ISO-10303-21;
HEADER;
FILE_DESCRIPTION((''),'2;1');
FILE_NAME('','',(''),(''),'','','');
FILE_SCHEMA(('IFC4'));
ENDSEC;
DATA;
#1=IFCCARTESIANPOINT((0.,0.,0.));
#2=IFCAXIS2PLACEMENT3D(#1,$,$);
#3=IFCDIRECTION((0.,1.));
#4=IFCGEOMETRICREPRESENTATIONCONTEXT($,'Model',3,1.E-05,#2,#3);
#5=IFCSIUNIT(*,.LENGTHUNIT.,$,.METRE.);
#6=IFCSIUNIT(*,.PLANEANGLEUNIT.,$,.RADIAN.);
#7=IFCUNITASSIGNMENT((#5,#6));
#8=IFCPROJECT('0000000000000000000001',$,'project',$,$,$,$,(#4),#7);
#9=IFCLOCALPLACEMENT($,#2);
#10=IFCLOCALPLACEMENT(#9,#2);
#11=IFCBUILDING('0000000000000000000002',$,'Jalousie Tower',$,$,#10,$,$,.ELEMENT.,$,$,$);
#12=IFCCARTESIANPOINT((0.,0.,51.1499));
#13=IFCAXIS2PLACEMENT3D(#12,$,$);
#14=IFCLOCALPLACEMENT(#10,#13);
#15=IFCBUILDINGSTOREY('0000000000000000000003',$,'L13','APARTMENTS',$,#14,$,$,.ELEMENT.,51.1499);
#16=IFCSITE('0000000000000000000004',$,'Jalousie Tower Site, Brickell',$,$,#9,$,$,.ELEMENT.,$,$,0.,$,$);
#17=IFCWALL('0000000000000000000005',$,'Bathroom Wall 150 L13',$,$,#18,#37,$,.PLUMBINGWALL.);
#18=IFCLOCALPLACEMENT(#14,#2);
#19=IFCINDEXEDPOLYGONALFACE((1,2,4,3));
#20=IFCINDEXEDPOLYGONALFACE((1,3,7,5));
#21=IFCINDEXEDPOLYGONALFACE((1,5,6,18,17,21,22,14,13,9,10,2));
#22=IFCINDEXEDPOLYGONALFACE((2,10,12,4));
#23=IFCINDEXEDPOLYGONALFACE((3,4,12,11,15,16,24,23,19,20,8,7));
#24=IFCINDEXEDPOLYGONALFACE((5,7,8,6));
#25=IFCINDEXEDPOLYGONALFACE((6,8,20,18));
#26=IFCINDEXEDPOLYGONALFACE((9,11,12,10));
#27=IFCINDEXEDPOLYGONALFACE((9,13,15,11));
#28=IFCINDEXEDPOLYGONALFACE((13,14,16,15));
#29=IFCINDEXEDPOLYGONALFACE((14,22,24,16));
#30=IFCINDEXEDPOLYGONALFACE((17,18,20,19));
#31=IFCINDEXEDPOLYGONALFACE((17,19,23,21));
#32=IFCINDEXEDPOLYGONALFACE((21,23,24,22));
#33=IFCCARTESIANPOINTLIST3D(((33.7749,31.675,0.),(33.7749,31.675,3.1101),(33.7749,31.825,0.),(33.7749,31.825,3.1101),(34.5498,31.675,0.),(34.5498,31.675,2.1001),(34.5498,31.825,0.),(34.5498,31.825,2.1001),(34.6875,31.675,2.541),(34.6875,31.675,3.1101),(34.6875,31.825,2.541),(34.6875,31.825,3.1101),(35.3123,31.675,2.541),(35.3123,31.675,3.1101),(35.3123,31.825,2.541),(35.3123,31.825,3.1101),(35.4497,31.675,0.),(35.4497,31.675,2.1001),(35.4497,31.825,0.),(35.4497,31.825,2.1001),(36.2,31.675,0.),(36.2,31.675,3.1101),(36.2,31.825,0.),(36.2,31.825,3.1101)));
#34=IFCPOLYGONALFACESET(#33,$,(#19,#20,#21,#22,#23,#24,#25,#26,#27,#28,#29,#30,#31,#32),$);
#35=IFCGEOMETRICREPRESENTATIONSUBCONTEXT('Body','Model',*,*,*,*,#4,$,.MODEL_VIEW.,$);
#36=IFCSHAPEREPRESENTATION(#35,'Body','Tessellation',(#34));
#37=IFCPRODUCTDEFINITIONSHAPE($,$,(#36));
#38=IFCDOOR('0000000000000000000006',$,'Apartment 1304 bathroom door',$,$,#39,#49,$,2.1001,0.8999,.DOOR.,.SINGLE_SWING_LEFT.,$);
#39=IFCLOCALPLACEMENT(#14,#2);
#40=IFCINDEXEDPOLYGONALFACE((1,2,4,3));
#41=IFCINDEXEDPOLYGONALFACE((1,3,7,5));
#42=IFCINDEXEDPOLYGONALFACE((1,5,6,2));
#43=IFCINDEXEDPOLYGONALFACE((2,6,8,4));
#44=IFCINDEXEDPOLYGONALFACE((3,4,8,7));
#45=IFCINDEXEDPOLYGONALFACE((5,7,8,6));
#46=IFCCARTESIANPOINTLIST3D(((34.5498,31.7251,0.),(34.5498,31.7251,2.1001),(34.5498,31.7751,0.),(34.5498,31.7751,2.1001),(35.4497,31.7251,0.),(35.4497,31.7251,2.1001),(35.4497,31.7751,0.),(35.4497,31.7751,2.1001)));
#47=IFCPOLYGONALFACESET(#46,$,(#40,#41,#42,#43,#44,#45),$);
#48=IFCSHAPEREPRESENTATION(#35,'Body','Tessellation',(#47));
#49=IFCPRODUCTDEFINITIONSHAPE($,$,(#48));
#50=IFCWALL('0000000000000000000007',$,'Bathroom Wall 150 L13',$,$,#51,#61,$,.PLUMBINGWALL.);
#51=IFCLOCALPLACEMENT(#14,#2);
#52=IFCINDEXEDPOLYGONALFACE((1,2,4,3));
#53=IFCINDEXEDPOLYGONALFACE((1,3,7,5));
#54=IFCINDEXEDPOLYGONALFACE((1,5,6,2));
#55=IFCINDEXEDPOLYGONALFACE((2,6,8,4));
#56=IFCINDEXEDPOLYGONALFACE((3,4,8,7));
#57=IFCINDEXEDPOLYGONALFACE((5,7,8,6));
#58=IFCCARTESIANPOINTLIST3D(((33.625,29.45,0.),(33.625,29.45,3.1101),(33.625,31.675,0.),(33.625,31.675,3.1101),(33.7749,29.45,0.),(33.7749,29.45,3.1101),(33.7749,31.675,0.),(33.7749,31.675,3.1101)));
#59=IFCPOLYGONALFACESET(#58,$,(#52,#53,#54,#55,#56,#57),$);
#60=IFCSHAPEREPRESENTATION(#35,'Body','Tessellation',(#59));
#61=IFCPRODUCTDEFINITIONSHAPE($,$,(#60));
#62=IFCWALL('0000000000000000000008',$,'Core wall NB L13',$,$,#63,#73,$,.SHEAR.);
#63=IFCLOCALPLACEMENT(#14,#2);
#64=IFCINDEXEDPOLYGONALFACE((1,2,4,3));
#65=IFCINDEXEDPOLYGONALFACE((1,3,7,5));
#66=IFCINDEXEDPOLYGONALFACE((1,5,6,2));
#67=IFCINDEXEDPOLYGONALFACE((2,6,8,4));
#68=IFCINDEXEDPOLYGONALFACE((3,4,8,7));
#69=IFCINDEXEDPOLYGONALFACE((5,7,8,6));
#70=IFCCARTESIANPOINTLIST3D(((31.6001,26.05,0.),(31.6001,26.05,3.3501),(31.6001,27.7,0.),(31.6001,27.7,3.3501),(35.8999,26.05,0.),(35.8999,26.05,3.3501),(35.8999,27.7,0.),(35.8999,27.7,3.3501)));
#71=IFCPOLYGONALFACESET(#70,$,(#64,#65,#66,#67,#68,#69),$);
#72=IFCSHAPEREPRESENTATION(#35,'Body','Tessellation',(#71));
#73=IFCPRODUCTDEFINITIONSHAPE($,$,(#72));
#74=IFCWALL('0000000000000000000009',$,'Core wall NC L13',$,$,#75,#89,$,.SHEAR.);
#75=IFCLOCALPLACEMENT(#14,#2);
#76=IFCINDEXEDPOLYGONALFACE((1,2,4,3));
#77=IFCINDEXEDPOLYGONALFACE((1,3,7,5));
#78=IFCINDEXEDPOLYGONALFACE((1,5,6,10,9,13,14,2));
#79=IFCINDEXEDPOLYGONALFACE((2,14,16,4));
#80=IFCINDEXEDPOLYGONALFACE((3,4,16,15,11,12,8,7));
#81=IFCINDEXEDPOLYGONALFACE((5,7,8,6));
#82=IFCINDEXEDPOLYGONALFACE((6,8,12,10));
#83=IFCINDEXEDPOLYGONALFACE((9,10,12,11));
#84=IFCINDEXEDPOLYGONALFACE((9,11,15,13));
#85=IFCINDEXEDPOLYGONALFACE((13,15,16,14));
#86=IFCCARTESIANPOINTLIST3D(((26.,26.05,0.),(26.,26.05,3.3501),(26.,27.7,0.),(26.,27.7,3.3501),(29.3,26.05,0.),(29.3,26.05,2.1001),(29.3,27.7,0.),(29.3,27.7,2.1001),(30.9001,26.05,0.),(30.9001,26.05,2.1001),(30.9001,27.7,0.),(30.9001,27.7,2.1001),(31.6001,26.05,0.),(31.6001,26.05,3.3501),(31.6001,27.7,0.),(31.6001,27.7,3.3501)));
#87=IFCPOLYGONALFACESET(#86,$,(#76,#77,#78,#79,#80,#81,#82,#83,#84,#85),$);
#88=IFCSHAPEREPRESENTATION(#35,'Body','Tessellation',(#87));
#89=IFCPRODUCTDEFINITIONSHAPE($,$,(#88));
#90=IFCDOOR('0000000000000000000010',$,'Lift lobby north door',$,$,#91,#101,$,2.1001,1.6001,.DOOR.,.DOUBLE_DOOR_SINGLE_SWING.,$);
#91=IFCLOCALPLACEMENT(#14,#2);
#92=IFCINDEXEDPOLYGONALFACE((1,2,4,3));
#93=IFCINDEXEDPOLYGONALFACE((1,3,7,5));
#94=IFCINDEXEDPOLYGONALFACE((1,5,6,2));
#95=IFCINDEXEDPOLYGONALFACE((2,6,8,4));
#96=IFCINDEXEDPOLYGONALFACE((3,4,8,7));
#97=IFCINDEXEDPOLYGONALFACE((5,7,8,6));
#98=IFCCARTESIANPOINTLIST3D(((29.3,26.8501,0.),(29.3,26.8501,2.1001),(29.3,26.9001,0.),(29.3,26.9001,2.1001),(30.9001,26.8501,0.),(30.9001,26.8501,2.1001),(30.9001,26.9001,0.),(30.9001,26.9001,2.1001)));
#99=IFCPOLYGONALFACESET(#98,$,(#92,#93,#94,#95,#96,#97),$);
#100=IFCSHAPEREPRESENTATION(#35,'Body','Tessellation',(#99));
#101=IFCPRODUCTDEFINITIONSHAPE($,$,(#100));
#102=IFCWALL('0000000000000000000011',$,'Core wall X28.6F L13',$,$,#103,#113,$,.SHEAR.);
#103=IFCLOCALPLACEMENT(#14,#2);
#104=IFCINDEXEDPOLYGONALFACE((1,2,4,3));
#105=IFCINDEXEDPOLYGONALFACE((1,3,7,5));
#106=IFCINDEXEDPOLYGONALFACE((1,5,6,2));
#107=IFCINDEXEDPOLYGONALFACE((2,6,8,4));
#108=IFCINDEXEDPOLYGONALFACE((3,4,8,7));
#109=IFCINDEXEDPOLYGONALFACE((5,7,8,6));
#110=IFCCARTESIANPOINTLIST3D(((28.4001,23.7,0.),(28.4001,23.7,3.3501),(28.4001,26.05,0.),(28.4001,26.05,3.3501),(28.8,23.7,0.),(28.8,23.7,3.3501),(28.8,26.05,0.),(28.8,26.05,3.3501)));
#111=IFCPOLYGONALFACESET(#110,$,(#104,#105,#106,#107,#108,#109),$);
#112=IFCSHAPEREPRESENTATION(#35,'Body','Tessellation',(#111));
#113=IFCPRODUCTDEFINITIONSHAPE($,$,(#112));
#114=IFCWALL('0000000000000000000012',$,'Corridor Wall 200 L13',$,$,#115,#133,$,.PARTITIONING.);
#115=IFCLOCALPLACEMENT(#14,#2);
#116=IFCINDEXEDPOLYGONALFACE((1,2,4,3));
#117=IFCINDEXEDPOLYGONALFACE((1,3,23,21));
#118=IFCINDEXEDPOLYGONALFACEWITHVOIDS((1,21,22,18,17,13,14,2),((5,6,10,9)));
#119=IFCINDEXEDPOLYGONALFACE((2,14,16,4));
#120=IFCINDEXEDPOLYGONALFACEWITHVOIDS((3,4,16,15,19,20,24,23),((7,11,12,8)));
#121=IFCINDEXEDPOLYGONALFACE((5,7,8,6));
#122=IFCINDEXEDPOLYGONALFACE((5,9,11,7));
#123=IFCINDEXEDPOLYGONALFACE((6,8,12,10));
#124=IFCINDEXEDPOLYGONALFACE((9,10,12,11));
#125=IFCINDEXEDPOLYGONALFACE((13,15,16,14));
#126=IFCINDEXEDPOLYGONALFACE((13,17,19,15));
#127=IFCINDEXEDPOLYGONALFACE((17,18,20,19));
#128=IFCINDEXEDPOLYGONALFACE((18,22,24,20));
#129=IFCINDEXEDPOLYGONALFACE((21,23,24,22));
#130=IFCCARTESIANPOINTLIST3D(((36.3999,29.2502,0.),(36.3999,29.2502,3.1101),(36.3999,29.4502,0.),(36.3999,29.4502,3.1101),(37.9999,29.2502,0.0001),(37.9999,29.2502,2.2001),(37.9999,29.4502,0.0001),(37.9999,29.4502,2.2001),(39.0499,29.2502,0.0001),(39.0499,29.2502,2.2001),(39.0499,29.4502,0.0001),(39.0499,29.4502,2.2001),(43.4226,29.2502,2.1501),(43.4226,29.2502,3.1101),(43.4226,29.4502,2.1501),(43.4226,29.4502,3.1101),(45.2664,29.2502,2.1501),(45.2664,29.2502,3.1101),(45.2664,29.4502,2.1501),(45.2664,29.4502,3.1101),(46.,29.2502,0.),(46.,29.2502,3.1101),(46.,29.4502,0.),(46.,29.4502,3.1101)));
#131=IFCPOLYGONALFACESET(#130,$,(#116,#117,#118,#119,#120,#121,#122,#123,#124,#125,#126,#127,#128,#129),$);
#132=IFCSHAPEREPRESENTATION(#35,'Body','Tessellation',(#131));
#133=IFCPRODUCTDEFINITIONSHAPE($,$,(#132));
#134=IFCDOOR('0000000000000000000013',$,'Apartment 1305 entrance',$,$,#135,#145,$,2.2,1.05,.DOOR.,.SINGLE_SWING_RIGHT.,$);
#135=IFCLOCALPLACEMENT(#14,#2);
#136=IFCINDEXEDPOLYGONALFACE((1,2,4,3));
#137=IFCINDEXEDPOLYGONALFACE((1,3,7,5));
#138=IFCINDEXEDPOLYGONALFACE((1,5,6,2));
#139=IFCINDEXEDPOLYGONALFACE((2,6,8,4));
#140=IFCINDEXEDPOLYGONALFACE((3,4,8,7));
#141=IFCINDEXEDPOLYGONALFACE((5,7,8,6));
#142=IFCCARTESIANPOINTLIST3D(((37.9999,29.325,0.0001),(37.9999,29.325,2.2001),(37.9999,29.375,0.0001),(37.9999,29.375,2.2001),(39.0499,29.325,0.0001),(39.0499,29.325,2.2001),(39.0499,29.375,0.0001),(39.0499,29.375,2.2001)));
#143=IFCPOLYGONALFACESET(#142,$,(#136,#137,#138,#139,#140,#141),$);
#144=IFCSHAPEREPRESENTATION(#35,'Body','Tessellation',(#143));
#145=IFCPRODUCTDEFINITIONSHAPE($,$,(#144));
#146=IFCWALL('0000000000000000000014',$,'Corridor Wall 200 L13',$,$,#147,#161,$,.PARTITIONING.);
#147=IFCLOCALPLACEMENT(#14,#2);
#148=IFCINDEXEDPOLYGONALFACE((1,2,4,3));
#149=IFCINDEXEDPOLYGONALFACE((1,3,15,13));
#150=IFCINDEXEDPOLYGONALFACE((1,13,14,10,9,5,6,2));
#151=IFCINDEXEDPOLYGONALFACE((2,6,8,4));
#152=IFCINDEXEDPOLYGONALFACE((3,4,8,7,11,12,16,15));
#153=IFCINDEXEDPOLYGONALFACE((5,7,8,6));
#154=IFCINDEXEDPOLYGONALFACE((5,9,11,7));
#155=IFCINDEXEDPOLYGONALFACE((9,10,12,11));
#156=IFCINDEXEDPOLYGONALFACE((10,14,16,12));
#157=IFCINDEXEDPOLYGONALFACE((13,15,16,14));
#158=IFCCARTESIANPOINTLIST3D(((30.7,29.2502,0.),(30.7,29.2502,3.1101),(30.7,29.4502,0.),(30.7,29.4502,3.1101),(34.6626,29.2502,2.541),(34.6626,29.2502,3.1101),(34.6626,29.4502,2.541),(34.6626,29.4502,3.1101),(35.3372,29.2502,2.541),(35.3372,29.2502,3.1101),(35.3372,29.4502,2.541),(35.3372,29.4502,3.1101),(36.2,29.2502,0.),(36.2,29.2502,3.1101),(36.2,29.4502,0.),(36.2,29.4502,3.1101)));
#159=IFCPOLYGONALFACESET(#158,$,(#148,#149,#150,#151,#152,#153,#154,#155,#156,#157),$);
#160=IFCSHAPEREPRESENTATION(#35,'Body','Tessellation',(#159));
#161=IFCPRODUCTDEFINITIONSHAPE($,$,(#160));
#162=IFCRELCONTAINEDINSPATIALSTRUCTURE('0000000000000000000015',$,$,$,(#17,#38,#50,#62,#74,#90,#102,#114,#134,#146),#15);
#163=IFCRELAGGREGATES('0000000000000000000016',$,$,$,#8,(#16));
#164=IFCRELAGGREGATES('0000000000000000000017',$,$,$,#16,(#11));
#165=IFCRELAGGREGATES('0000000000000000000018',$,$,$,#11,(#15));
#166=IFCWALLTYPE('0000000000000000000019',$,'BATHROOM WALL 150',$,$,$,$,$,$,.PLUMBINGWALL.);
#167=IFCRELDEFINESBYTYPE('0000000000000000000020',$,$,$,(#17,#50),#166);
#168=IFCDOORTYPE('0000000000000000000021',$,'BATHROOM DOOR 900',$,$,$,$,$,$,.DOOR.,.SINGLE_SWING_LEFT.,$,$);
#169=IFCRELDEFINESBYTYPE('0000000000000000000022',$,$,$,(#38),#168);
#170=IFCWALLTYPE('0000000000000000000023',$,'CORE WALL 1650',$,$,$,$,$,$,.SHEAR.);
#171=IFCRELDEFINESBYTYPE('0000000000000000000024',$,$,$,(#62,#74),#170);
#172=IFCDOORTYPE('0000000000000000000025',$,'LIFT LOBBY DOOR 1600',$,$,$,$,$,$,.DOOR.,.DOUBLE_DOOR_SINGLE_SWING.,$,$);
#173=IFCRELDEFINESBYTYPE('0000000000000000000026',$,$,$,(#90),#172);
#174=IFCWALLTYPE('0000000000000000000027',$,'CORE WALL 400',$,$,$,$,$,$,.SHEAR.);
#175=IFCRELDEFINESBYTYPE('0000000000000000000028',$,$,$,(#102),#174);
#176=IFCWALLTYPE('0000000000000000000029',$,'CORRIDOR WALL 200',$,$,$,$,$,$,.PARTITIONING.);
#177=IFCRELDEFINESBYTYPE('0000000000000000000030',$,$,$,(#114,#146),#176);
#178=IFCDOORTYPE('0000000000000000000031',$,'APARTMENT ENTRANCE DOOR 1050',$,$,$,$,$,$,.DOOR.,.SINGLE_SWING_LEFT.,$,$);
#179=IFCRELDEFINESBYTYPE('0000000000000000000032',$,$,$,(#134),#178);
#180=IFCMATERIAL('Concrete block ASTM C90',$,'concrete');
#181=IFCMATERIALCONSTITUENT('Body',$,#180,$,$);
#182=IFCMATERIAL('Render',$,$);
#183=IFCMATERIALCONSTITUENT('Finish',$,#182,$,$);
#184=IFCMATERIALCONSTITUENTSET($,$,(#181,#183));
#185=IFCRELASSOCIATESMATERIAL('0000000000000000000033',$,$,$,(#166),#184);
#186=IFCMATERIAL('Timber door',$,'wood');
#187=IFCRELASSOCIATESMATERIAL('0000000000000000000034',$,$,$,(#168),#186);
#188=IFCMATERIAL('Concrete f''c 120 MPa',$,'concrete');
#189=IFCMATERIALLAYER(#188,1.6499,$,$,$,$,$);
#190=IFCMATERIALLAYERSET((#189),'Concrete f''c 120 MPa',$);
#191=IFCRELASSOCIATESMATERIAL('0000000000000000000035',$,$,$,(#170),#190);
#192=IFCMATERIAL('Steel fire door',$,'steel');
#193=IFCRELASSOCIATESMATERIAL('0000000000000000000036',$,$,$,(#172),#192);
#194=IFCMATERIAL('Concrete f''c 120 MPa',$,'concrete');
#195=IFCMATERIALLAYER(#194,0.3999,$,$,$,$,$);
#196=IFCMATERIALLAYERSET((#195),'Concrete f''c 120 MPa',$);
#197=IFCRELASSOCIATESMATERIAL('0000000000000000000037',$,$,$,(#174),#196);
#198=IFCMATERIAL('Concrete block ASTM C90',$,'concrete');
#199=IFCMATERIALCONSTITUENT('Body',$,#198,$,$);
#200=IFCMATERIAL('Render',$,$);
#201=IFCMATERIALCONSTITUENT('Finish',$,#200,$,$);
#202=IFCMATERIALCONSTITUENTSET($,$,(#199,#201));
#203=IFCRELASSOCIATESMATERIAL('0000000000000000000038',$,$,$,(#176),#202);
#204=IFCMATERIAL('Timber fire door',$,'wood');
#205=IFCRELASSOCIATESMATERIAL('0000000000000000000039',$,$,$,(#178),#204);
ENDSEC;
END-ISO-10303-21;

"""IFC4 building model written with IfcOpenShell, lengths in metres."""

from ifc_helpers import new_model, si_unit, direction, frame, frame_2d, origin, place, context, subcontext, project, spatial, polyline, rectangle, outline, extrude, material, layer, layer_set, constituent, constituent_set, type_object, element, fill, save


model = new_model("IFC4")

# Units and contexts
model_context = context("Model", 3, precision=1e-05, world=origin(), true_north=direction((0.0, 1.0)))
body_context = subcontext(model_context, "Body", "Model", "MODEL_VIEW")
ifc_project = project(units=[si_unit("LENGTHUNIT", "METRE"), si_unit("PLANEANGLEUNIT", "RADIAN")], contexts=[model_context])

# Site, building, storey
site_placement = place(None, origin())
site = spatial("IfcSite", under=ifc_project, at=site_placement, Name="Jalousie Tower Site, Brickell", CompositionType="ELEMENT", RefElevation=0.0)
building_placement = place(site_placement, origin())
building = spatial("IfcBuilding", under=site, at=building_placement, Name="Jalousie Tower", CompositionType="ELEMENT")
storey_placement = place(building_placement, frame((0.0, 0.0, 51.1499)))
storey = spatial("IfcBuildingStorey", under=building, at=storey_placement, Name="L13", Description="APARTMENTS", CompositionType="ELEMENT", Elevation=51.1499)

# Wall, opening, door
ifc_material_1 = material(Name="Concrete block ASTM C90", Category="concrete")
ifc_constituent_1 = constituent(ifc_material_1, Name="Body")
ifc_material_2 = material(Name="Render")
ifc_constituent_2 = constituent(ifc_material_2, Name="Finish")
ifc_constituent_set_1 = constituent_set(constituents=[ifc_constituent_1, ifc_constituent_2])
wall_type_1 = type_object("IfcWallType", Name="BATHROOM WALL 150", PredefinedType="PLUMBINGWALL", material=ifc_constituent_set_1)
wall_1_placement = place(storey_placement, frame((33.7749, 31.75, 0.0), z_axis=(0.0, 0.0, 1.0), x_axis=(1.0, 0.0, 0.0)))
wall_1 = element("IfcWall", 1, at=wall_1_placement, inside=storey, type_object=wall_type_1, Name="Bathroom Wall 150 L13", PredefinedType="PLUMBINGWALL", context=body_context, shape_type="SweptSolid", body=[
    extrude(outline(polyline([(0.0, 0.0), (2.425, 0.0), (2.425, 3.1101), (1.5374, 3.1101), (1.5374, 2.541), (0.9126, 2.541), (0.9126, 3.1101), (0.0, 3.1101), (0.0, 0.0)])), frame((0.0, 0.075, 0.0), z_axis=(0.0, -1.0, 0.0), x_axis=(1.0, 0.0, 0.0)), (0.0, 0.0, 1.0), 0.1499),
])
opening_1_placement = place(wall_1_placement, frame((0.7749, 0.0, 0.0)))
opening_1 = element("IfcOpeningElement", 2, at=opening_1_placement, cuts=wall_1, PredefinedType="OPENING", context=body_context, shape_type="SweptSolid", body=[
    extrude(rectangle(XDim=0.8999, YDim=2.1001, at=frame_2d((0.45, 1.05))), frame((0.0, 0.085, 0.0), z_axis=(0.0, -1.0, 0.0), x_axis=(1.0, 0.0, 0.0)), (0.0, 0.0, 1.0), 0.1699),
])
ifc_material_3 = material(Name="Timber door", Category="wood")
door_type_1 = type_object("IfcDoorType", Name="BATHROOM DOOR 900", OperationType="SINGLE_SWING_LEFT", PredefinedType="DOOR", material=ifc_material_3)
door_1_placement = place(opening_1_placement, frame((0.8999, 0.0, 0.0), z_axis=(0.0, 0.0, 1.0), x_axis=(-1.0, 0.0, 0.0)))
door_1 = element("IfcDoor", 3, at=door_1_placement, inside=storey, type_object=door_type_1, Name="Apartment 1304 bathroom door", OperationType="SINGLE_SWING_LEFT", OverallHeight=2.1001, OverallWidth=0.8999, PredefinedType="DOOR", context=body_context, shape_type="SweptSolid", body=[
    extrude(rectangle(XDim=0.8999, YDim=2.1001, at=frame_2d((0.45, 1.05))), frame((0.0, 0.0249, 0.0), z_axis=(0.0, -1.0, 0.0), x_axis=(1.0, 0.0, 0.0)), (0.0, 0.0, 1.0), 0.05),
])
fill(opening_1, door_1)

# Walls
wall_2_placement = place(storey_placement, frame((33.7, 31.675, 0.0), z_axis=(0.0, 0.0, 1.0), x_axis=(0.0, -1.0, 0.0)))
element("IfcWall", 4, at=wall_2_placement, inside=storey, type_object=wall_type_1, Name="Bathroom Wall 150 L13", PredefinedType="PLUMBINGWALL", context=body_context, shape_type="SweptSolid", body=[
    extrude(rectangle(XDim=2.2251, YDim=0.1499, at=frame_2d((1.1125, 0.0))), origin(), (0.0, 0.0, 1.0), 3.1101),
])
ifc_material_4 = material(Name="Concrete f'c 120 MPa", Category="concrete")
ifc_layer_1 = layer(ifc_material_4, 1.6499)
ifc_layer_set_1 = layer_set([ifc_layer_1], Name="Concrete f'c 120 MPa")
wall_type_2 = type_object("IfcWallType", Name="CORE WALL 1650", PredefinedType="SHEAR", material=ifc_layer_set_1)
wall_3_placement = place(storey_placement, frame((35.8999, 26.875, 0.0), z_axis=(0.0, 0.0, 1.0), x_axis=(-1.0, 0.0, 0.0)))
element("IfcWall", 5, at=wall_3_placement, inside=storey, type_object=wall_type_2, Name="Core wall NB L13", PredefinedType="SHEAR", context=body_context, shape_type="SweptSolid", body=[
    extrude(rectangle(XDim=4.2998, YDim=1.6499, at=frame_2d((2.1499, 0.0))), origin(), (0.0, 0.0, 1.0), 3.3501),
])

# Wall, opening, door
wall_4_placement = place(storey_placement, frame((31.6001, 26.875, 0.0), z_axis=(0.0, 0.0, 1.0), x_axis=(-1.0, 0.0, 0.0)))
wall_4 = element("IfcWall", 6, at=wall_4_placement, inside=storey, type_object=wall_type_2, Name="Core wall NC L13", PredefinedType="SHEAR", context=body_context, shape_type="SweptSolid", body=[
    extrude(rectangle(XDim=5.6001, YDim=1.6499, at=frame_2d((2.8, 0.0))), origin(), (0.0, 0.0, 1.0), 3.3501),
])
opening_2_placement = place(wall_4_placement, frame((0.7, 0.0, 0.0)))
opening_2 = element("IfcOpeningElement", 7, at=opening_2_placement, cuts=wall_4, PredefinedType="OPENING", context=body_context, shape_type="SweptSolid", body=[
    extrude(rectangle(XDim=1.6001, YDim=2.1001, at=frame_2d((0.8, 1.05))), frame((0.0, 0.835, 0.0), z_axis=(0.0, -1.0, 0.0), x_axis=(1.0, 0.0, 0.0)), (0.0, 0.0, 1.0), 1.6699),
])
ifc_material_5 = material(Name="Steel fire door", Category="steel")
door_type_2 = type_object("IfcDoorType", Name="LIFT LOBBY DOOR 1600", OperationType="DOUBLE_DOOR_SINGLE_SWING", PredefinedType="DOOR", material=ifc_material_5)
door_2_placement = place(opening_2_placement, origin())
door_2 = element("IfcDoor", 8, at=door_2_placement, inside=storey, type_object=door_type_2, Name="Lift lobby north door", OperationType="DOUBLE_DOOR_SINGLE_SWING", OverallHeight=2.1001, OverallWidth=1.6001, PredefinedType="DOOR", context=body_context, shape_type="SweptSolid", body=[
    extrude(rectangle(XDim=1.6001, YDim=2.1001, at=frame_2d((0.8, 1.05))), frame((0.0, 0.0249, 0.0), z_axis=(0.0, -1.0, 0.0), x_axis=(1.0, 0.0, 0.0)), (0.0, 0.0, 1.0), 0.05),
])
fill(opening_2, door_2)

# Wall
ifc_material_6 = material(Name="Concrete f'c 120 MPa", Category="concrete")
ifc_layer_2 = layer(ifc_material_6, 0.3999)
ifc_layer_set_2 = layer_set([ifc_layer_2], Name="Concrete f'c 120 MPa")
wall_type_3 = type_object("IfcWallType", Name="CORE WALL 400", PredefinedType="SHEAR", material=ifc_layer_set_2)
wall_5_placement = place(storey_placement, frame((28.6001, 23.7, 0.0), z_axis=(0.0, 0.0, 1.0), x_axis=(0.0, 1.0, 0.0)))
element("IfcWall", 9, at=wall_5_placement, inside=storey, type_object=wall_type_3, Name="Core wall X28.6F L13", PredefinedType="SHEAR", context=body_context, shape_type="SweptSolid", body=[
    extrude(rectangle(XDim=2.3501, YDim=0.3999, at=frame_2d((1.175, 0.0))), origin(), (0.0, 0.0, 1.0), 3.3501),
])

# Wall, opening, door
ifc_material_7 = material(Name="Concrete block ASTM C90", Category="concrete")
ifc_constituent_3 = constituent(ifc_material_7, Name="Body")
ifc_material_8 = material(Name="Render")
ifc_constituent_4 = constituent(ifc_material_8, Name="Finish")
ifc_constituent_set_2 = constituent_set(constituents=[ifc_constituent_3, ifc_constituent_4])
wall_type_4 = type_object("IfcWallType", Name="CORRIDOR WALL 200", PredefinedType="PARTITIONING", material=ifc_constituent_set_2)
wall_6_placement = place(storey_placement, frame((36.3999, 29.3501, 0.0), z_axis=(0.0, 0.0, 1.0), x_axis=(1.0, 0.0, 0.0)))
wall_6 = element("IfcWall", 10, at=wall_6_placement, inside=storey, type_object=wall_type_4, Name="Corridor Wall 200 L13", PredefinedType="PARTITIONING", context=body_context, shape_type="SweptSolid", body=[
    extrude(outline(polyline([(0.0, 0.0), (9.6001, 0.0), (9.6001, 3.1101), (8.8665, 3.1101), (8.8665, 2.1501), (7.0227, 2.1501), (7.0227, 3.1101), (0.0, 3.1101), (0.0, 0.0)])), frame((0.0, 0.1001, 0.0), z_axis=(0.0, -1.0, 0.0), x_axis=(1.0, 0.0, 0.0)), (0.0, 0.0, 1.0), 0.2),
])
opening_3_placement = place(wall_6_placement, frame((1.6001, 0.0, 0.0)))
opening_3 = element("IfcOpeningElement", 11, at=opening_3_placement, cuts=wall_6, PredefinedType="OPENING", context=body_context, shape_type="SweptSolid", body=[
    extrude(rectangle(XDim=1.05, YDim=2.2, at=frame_2d((0.5249, 1.1001))), frame((0.0, 0.1099, 0.0), z_axis=(0.0, -1.0, 0.0), x_axis=(1.0, 0.0, 0.0)), (0.0, 0.0, 1.0), 0.22),
])
ifc_material_9 = material(Name="Timber fire door", Category="wood")
door_type_3 = type_object("IfcDoorType", Name="APARTMENT ENTRANCE DOOR 1050", OperationType="SINGLE_SWING_LEFT", PredefinedType="DOOR", material=ifc_material_9)
door_3_placement = place(opening_3_placement, origin())
door_3 = element("IfcDoor", 12, at=door_3_placement, inside=storey, type_object=door_type_3, Name="Apartment 1305 entrance", OperationType="SINGLE_SWING_RIGHT", OverallHeight=2.2, OverallWidth=1.05, PredefinedType="DOOR", context=body_context, shape_type="SweptSolid", body=[
    extrude(rectangle(XDim=1.05, YDim=2.2, at=frame_2d((0.5249, 1.1001))), frame((0.0, 0.0249, 0.0), z_axis=(0.0, -1.0, 0.0), x_axis=(1.0, 0.0, 0.0)), (0.0, 0.0, 1.0), 0.05),
])
fill(opening_3, door_3)

# Wall
wall_7_placement = place(storey_placement, frame((30.7, 29.3501, 0.0), z_axis=(0.0, 0.0, 1.0), x_axis=(1.0, 0.0, 0.0)))
element("IfcWall", 13, at=wall_7_placement, inside=storey, type_object=wall_type_4, Name="Corridor Wall 200 L13", PredefinedType="PARTITIONING", context=body_context, shape_type="SweptSolid", body=[
    extrude(outline(polyline([(0.0, 0.0), (5.5, 0.0), (5.5, 3.1101), (4.6372, 3.1101), (4.6372, 2.541), (3.9626, 2.541), (3.9626, 3.1101), (0.0, 3.1101), (0.0, 0.0)])), frame((0.0, 0.1001, 0.0), z_axis=(0.0, -1.0, 0.0), x_axis=(1.0, 0.0, 0.0)), (0.0, 0.0, 1.0), 0.2),
])

save(model, "model.ifc")
